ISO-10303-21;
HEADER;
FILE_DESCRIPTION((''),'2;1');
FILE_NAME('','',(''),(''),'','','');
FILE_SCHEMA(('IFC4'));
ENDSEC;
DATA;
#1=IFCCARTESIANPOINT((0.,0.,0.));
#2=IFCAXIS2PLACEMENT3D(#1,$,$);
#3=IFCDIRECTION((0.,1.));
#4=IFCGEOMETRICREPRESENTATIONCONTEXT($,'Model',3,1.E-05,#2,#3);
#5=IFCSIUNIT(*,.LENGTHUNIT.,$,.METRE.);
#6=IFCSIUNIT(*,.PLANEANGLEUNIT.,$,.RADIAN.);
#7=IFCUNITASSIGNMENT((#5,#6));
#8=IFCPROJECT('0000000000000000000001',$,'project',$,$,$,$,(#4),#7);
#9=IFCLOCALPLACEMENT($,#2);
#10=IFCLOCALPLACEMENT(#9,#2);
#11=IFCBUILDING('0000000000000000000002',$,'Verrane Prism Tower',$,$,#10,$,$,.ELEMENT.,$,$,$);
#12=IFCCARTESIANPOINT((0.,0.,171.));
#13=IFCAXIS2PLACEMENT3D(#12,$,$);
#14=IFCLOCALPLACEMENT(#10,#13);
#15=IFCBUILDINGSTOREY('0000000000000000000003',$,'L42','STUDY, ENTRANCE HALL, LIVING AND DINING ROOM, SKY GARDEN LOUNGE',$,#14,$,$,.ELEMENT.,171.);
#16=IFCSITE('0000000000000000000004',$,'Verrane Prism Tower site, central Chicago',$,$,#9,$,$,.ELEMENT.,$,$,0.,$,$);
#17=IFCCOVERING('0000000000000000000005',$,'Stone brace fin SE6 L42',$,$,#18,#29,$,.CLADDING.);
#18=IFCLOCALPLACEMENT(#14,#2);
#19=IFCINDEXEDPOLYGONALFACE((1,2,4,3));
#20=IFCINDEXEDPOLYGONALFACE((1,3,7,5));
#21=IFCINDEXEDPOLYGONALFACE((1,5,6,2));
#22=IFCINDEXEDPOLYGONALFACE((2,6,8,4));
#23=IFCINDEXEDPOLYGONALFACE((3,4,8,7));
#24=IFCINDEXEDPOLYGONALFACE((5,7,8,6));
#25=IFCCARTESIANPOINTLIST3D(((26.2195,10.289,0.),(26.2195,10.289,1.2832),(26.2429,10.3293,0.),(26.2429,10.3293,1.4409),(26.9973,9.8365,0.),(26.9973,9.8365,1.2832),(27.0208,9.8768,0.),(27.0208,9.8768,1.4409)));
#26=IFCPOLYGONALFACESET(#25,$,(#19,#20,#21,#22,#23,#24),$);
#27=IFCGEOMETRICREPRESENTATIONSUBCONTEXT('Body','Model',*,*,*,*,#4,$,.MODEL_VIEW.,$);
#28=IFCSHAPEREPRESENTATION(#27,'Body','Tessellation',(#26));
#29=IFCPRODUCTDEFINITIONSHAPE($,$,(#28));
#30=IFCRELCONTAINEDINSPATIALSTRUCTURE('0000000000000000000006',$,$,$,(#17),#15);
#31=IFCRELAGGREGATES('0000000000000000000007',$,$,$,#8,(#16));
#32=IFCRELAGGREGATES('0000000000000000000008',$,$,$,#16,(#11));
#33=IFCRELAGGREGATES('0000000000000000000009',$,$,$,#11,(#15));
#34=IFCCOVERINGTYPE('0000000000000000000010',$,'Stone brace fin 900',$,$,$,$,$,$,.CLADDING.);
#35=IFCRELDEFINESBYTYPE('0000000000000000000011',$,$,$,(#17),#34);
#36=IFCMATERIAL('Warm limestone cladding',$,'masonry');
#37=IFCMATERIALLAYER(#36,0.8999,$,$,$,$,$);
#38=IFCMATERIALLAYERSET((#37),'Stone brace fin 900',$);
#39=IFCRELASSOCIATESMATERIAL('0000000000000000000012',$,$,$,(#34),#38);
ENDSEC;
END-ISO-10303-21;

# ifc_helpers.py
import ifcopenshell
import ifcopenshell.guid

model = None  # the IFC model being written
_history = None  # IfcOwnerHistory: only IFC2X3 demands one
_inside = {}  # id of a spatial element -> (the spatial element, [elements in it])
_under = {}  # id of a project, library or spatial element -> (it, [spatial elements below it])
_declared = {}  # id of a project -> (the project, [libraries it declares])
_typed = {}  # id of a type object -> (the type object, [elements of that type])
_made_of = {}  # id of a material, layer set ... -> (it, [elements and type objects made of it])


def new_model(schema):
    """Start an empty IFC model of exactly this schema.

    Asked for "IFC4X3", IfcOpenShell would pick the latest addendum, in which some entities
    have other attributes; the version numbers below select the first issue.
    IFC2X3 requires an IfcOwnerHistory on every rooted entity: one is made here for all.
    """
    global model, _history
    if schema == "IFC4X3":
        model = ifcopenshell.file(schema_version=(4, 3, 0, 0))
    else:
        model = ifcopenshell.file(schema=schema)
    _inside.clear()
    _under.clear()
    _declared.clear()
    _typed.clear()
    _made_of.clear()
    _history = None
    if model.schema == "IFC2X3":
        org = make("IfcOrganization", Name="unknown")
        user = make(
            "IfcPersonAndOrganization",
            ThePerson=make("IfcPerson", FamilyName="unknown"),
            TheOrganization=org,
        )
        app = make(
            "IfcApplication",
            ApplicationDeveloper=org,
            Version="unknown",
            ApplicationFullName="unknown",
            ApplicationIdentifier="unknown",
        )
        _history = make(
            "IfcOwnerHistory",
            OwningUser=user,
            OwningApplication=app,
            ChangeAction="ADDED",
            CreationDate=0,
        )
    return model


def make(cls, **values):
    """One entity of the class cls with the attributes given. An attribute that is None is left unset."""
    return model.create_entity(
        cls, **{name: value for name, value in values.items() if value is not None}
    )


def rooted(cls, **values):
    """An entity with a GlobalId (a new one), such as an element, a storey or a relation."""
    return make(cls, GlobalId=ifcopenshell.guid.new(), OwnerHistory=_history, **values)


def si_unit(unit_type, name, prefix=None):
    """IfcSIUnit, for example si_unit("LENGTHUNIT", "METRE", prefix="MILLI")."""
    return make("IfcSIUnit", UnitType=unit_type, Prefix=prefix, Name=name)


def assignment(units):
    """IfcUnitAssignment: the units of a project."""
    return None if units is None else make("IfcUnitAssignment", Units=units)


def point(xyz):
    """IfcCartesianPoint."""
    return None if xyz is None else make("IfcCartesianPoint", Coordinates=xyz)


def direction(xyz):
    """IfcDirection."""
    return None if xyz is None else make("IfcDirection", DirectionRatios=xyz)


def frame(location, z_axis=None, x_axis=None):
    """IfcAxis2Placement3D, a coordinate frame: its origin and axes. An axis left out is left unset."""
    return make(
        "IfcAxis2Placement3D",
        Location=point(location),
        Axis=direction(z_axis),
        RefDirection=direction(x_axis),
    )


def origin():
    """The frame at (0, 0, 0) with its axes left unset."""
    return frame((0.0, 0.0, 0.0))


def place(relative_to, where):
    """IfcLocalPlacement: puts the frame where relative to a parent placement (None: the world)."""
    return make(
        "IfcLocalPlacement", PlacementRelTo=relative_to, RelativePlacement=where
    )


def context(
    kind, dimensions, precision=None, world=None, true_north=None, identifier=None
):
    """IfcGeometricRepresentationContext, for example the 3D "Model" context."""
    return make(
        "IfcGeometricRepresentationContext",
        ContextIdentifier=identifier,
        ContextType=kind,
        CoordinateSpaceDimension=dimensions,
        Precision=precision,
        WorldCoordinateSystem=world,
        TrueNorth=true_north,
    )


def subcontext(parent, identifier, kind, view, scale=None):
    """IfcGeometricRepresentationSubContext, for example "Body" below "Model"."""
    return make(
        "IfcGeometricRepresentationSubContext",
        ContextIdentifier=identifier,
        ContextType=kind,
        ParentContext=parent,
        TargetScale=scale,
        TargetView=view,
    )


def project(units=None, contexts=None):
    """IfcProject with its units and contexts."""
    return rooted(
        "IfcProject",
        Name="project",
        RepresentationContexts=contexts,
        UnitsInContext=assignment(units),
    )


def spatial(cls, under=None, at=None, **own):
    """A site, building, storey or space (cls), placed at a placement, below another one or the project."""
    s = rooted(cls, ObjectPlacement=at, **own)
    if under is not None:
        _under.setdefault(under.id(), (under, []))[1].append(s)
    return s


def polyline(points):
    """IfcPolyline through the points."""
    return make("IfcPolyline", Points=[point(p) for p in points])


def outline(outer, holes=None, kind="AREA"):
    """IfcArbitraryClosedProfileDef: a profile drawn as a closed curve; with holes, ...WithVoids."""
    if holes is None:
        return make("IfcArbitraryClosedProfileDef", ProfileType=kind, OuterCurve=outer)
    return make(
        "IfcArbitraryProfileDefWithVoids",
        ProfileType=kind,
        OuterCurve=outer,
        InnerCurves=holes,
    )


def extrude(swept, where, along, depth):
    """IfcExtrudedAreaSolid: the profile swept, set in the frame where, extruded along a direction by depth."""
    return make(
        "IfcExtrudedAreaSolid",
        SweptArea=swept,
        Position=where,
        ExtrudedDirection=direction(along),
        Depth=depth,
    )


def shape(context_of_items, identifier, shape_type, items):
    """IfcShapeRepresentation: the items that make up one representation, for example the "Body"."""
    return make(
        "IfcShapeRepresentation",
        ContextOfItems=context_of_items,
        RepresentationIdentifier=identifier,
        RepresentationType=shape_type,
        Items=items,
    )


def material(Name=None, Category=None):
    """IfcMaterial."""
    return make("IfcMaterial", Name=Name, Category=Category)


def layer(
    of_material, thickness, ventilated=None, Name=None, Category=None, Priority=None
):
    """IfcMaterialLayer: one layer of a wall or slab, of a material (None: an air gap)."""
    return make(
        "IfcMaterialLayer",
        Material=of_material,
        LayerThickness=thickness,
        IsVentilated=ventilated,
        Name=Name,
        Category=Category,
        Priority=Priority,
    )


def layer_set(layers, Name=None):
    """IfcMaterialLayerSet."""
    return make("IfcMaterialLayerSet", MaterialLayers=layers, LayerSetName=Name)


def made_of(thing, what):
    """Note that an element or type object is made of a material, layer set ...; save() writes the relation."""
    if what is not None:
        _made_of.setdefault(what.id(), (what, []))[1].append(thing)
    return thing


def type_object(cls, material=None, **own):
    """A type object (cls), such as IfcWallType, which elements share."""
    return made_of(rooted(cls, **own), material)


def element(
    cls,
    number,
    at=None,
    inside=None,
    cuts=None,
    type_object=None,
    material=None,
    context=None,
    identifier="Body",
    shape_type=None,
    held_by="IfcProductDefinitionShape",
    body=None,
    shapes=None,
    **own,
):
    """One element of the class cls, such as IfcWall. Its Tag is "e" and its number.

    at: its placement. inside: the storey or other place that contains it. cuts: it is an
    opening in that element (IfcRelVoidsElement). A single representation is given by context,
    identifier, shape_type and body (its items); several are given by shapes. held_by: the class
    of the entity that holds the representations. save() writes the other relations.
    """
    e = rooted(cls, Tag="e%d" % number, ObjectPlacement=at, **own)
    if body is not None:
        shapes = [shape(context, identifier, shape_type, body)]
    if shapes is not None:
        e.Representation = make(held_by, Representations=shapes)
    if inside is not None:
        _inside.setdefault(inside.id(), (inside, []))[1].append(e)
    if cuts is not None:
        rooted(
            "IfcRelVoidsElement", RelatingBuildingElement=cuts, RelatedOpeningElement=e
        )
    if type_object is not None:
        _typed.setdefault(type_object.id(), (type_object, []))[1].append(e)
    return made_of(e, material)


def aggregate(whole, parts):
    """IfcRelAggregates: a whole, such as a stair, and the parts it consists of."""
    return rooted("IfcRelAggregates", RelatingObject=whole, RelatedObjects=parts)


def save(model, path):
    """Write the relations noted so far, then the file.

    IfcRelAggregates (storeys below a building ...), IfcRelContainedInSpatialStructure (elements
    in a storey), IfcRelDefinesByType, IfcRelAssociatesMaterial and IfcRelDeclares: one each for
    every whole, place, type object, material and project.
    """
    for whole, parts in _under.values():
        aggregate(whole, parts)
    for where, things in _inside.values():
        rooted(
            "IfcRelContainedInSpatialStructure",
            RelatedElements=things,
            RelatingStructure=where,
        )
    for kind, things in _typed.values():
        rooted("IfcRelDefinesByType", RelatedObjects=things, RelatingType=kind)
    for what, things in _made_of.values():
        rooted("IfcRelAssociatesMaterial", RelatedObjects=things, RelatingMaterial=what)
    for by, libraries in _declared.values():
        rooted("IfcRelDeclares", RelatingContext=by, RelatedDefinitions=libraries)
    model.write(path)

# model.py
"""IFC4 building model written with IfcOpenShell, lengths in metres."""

from ifc_helpers import new_model, si_unit, direction, frame, origin, place, context, subcontext, project, spatial, polyline, outline, extrude, material, layer, layer_set, type_object, element, save


model = new_model("IFC4")

# Units and contexts
model_context = context("Model", 3, precision=1e-05, world=origin(), true_north=direction((0.0, 1.0)))
body_context = subcontext(model_context, "Body", "Model", "MODEL_VIEW")
ifc_project = project(units=[si_unit("LENGTHUNIT", "METRE"), si_unit("PLANEANGLEUNIT", "RADIAN")], contexts=[model_context])

# Site, building, storey
site_placement = place(None, origin())
site = spatial("IfcSite", under=ifc_project, at=site_placement, Name="Verrane Prism Tower site, central Chicago", CompositionType="ELEMENT", RefElevation=0.0)
building_placement = place(site_placement, origin())
building = spatial("IfcBuilding", under=site, at=building_placement, Name="Verrane Prism Tower", CompositionType="ELEMENT")
storey_placement = place(building_placement, frame((0.0, 0.0, 171.0)))
storey = spatial("IfcBuildingStorey", under=building, at=storey_placement, Name="L42", Description="STUDY, ENTRANCE HALL, LIVING AND DINING ROOM, SKY GARDEN LOUNGE", CompositionType="ELEMENT", Elevation=171.0)

# Covering
ifc_material_1 = material(Name="Warm limestone cladding", Category="masonry")
ifc_layer_1 = layer(ifc_material_1, 0.8999)
ifc_layer_set_1 = layer_set([ifc_layer_1], Name="Stone brace fin 900")
covering_type = type_object("IfcCoveringType", Name="Stone brace fin 900", PredefinedType="CLADDING", material=ifc_layer_set_1)
covering_placement = place(storey_placement, frame((26.6084, 10.0627, 0.0), z_axis=(0.0, 0.0, 1.0), x_axis=(0.502894, 0.864348, 0.0)))
element("IfcCovering", 1, at=covering_placement, inside=storey, type_object=covering_type, Name="Stone brace fin SE6 L42", PredefinedType="CLADDING", context=body_context, shape_type="SweptSolid", body=[
    extrude(outline(polyline([(0.0, 0.0), (0.0466, 0.0), (0.0466, 1.4409), (0.0, 1.2832), (0.0, 0.0)])), frame((0.0, 0.45, 0.0), z_axis=(0.0, -1.0, 0.0), x_axis=(1.0, 0.0, 0.0)), (0.0, 0.0, 1.0), 0.8999),
])

save(model, "model.ifc")
